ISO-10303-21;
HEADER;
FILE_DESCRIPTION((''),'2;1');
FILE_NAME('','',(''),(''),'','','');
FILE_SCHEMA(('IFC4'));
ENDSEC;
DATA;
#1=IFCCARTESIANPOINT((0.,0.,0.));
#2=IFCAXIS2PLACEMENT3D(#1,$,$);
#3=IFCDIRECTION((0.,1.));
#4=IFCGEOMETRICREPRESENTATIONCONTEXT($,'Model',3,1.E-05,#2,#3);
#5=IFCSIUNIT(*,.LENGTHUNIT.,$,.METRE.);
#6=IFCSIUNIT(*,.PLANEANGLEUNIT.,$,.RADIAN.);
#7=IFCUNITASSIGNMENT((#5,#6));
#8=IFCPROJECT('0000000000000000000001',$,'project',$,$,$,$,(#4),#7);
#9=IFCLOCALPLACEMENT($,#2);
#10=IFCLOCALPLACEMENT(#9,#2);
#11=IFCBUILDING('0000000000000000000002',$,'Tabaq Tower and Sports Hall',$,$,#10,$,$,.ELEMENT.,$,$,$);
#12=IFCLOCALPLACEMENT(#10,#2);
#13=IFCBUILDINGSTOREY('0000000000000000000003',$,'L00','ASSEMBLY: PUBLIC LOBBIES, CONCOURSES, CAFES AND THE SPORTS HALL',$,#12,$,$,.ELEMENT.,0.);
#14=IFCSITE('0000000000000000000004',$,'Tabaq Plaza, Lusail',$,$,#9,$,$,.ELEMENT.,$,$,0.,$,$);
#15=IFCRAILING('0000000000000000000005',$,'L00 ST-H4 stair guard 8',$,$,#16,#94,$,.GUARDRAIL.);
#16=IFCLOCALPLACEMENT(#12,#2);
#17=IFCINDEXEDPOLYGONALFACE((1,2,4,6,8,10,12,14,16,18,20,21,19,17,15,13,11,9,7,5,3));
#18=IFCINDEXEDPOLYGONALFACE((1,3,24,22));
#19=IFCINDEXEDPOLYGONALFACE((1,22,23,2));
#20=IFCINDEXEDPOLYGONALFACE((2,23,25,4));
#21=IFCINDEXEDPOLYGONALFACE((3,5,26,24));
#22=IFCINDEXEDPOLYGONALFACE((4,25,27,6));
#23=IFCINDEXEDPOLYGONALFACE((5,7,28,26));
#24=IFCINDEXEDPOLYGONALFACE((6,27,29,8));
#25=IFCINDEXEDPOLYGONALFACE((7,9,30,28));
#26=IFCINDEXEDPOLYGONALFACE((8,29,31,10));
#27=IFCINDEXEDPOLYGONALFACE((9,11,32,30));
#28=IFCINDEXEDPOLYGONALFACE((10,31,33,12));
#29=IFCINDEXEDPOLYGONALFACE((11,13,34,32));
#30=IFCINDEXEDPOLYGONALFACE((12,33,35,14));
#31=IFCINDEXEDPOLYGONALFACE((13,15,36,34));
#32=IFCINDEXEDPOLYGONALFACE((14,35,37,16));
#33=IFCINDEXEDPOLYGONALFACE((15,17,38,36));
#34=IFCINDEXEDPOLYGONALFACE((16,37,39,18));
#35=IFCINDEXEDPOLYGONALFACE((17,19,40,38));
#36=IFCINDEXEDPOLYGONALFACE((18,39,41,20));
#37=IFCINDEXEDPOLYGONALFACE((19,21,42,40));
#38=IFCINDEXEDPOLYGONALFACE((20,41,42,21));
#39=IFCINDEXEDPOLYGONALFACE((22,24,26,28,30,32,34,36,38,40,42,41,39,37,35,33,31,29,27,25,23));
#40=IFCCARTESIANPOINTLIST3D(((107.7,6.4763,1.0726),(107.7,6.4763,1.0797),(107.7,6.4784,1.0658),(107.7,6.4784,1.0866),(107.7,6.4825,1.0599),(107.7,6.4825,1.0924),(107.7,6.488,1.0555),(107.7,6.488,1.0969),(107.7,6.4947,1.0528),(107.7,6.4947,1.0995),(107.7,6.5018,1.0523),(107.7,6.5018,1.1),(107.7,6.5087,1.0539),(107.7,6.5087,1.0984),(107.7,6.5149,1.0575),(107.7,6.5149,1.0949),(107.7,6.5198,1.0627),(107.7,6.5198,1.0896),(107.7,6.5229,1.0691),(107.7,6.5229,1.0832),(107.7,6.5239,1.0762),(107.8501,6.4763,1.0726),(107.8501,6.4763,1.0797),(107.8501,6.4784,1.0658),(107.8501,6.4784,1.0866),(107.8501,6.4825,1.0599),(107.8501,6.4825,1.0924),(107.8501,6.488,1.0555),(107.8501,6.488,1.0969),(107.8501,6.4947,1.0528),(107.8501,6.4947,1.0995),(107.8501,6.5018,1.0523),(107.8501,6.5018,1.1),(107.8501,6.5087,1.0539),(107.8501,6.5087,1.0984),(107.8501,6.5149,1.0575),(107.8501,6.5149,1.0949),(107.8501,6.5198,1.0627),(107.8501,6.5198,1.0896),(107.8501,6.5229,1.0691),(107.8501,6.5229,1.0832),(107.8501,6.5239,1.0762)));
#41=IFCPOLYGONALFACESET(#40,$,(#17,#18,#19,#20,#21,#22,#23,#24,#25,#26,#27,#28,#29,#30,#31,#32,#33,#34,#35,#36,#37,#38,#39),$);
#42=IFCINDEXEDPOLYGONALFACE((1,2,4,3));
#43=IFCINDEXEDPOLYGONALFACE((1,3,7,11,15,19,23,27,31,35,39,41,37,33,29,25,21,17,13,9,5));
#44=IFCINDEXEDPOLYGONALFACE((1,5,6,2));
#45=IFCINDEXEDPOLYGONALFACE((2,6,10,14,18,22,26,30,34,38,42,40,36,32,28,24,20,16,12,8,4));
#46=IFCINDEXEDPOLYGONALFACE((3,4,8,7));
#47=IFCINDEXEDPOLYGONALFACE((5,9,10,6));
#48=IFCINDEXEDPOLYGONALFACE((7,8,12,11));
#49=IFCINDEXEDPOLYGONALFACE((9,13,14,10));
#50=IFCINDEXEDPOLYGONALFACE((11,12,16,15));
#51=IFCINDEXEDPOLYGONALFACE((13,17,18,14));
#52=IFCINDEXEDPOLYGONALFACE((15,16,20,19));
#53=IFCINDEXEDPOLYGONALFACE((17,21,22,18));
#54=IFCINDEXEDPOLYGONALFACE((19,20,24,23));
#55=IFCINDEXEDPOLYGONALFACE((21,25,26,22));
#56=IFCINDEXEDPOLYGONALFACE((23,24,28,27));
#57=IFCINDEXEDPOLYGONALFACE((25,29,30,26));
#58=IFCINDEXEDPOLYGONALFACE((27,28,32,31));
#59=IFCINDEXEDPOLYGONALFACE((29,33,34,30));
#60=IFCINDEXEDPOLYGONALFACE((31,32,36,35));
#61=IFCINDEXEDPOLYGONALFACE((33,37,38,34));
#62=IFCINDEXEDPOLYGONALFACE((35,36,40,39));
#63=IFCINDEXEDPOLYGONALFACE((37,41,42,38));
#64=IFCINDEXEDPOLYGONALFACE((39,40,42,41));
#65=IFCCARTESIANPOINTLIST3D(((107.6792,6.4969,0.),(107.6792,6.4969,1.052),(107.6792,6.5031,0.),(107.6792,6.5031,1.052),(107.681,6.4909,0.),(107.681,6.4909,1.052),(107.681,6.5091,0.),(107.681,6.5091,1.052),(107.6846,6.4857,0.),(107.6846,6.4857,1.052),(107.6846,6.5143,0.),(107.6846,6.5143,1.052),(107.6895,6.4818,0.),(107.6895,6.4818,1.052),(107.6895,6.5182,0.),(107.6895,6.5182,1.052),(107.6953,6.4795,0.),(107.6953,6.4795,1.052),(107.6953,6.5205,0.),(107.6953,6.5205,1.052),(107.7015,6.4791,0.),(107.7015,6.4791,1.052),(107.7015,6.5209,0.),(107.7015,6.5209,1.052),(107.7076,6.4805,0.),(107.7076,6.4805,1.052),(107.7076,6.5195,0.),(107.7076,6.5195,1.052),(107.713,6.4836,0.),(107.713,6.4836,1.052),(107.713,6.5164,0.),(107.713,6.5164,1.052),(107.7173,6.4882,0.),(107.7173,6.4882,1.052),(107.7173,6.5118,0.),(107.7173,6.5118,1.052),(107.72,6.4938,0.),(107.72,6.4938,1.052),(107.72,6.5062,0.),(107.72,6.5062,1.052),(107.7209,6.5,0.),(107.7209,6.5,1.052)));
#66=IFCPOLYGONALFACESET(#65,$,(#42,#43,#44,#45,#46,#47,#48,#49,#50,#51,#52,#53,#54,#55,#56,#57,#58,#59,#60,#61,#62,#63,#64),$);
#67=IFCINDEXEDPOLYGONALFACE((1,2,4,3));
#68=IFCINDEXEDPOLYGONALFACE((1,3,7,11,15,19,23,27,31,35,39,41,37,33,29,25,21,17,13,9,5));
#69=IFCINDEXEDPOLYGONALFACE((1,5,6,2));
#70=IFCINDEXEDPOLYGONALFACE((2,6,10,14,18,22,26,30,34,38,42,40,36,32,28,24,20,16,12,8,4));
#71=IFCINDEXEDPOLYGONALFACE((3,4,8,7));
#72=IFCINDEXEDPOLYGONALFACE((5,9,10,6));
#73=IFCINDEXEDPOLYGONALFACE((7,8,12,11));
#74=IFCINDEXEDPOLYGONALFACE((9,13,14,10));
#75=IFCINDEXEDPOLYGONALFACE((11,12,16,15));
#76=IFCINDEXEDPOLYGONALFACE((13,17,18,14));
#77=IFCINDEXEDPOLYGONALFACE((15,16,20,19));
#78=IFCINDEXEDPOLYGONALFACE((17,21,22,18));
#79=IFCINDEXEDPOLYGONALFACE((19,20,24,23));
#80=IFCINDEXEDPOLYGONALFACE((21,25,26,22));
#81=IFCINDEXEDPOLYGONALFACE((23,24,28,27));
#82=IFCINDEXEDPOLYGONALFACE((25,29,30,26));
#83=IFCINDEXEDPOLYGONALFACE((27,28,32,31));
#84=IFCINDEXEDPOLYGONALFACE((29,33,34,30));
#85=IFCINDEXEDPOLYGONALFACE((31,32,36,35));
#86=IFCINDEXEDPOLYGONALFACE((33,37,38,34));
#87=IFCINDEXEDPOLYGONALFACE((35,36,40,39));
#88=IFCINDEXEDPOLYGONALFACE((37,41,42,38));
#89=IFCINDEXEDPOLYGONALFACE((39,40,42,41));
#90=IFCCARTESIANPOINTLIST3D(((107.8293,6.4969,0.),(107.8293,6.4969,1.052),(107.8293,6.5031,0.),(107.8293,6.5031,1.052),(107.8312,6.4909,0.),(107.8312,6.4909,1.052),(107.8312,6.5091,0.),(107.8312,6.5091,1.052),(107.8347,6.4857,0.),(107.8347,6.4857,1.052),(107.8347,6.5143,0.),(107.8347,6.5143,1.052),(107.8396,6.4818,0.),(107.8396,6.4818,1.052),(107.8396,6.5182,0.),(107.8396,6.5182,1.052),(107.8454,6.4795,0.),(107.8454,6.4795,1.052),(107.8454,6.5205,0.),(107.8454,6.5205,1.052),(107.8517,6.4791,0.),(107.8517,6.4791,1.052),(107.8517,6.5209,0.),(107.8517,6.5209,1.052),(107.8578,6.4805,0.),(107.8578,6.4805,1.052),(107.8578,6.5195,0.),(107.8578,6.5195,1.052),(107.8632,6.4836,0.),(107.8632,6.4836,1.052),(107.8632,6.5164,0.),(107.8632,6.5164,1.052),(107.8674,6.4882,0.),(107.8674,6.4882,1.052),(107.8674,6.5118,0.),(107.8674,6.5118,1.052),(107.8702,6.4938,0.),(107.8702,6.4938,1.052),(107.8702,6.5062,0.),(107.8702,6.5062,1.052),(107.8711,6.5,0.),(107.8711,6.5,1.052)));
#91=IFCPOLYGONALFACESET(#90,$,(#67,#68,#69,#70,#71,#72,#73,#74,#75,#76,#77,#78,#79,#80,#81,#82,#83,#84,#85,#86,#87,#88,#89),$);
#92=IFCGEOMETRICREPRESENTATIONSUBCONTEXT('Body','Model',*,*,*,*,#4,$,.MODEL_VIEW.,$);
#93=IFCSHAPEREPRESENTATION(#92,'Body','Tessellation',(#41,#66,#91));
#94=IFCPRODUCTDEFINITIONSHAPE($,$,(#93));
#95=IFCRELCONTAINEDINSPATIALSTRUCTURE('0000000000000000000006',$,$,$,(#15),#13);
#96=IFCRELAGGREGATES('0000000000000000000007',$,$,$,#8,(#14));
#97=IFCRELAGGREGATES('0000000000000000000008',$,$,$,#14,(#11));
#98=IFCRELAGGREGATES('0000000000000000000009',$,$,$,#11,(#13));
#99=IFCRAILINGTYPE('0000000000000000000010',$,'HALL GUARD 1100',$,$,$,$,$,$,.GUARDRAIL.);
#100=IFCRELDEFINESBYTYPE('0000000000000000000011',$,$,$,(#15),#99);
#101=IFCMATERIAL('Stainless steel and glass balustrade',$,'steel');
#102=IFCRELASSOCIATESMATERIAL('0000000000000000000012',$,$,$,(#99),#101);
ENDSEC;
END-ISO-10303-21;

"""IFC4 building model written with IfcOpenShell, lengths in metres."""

from ifc_helpers import new_model, si_unit, direction, frame, origin, origin_2d, place, context, subcontext, project, spatial, circle, extrude, material, type_object, element, save


model = new_model("IFC4")

# Units and contexts
model_context = context("Model", 3, precision=1e-05, world=origin(), true_north=direction((0.0, 1.0)))
body_context = subcontext(model_context, "Body", "Model", "MODEL_VIEW")
ifc_project = project(units=[si_unit("LENGTHUNIT", "METRE"), si_unit("PLANEANGLEUNIT", "RADIAN")], contexts=[model_context])

# Site, building, storey
site_placement = place(None, origin())
site = spatial("IfcSite", under=ifc_project, at=site_placement, Name="Tabaq Plaza, Lusail", CompositionType="ELEMENT", RefElevation=0.0)
building_placement = place(site_placement, origin())
building = spatial("IfcBuilding", under=site, at=building_placement, Name="Tabaq Tower and Sports Hall", CompositionType="ELEMENT")
storey_placement = place(building_placement, origin())
storey = spatial("IfcBuildingStorey", under=building, at=storey_placement, Name="L00", Description="ASSEMBLY: PUBLIC LOBBIES, CONCOURSES, CAFES AND THE SPORTS HALL", CompositionType="ELEMENT", Elevation=0.0)

# Railing
ifc_material_1 = material(Name="Stainless steel and glass balustrade", Category="steel")
railing_type = type_object("IfcRailingType", Name="HALL GUARD 1100", PredefinedType="GUARDRAIL", material=ifc_material_1)
railing_1_placement = place(storey_placement, frame((107.7, 6.5, 0.0)))
element("IfcRailing", 1, at=railing_1_placement, inside=storey, type_object=railing_type, Name="L00 ST-H4 stair guard 8", PredefinedType="GUARDRAIL", context=body_context, shape_type="SweptSolid", body=[
    extrude(circle(Radius=0.0239, at=origin_2d()), frame((0.0, 0.0, 1.0762), z_axis=(1.0, 0.0, 0.0), x_axis=(0.0, 1.0, 0.0)), (0.0, 0.0, 1.0), 0.1501),
    extrude(circle(Radius=0.021, at=origin_2d()), origin(), (0.0, 0.0, 1.0), 1.052),
    extrude(circle(Radius=0.021, at=origin_2d()), frame((0.1501, 0.0, 0.0)), (0.0, 0.0, 1.0), 1.052),
])

save(model, "model.ifc")
